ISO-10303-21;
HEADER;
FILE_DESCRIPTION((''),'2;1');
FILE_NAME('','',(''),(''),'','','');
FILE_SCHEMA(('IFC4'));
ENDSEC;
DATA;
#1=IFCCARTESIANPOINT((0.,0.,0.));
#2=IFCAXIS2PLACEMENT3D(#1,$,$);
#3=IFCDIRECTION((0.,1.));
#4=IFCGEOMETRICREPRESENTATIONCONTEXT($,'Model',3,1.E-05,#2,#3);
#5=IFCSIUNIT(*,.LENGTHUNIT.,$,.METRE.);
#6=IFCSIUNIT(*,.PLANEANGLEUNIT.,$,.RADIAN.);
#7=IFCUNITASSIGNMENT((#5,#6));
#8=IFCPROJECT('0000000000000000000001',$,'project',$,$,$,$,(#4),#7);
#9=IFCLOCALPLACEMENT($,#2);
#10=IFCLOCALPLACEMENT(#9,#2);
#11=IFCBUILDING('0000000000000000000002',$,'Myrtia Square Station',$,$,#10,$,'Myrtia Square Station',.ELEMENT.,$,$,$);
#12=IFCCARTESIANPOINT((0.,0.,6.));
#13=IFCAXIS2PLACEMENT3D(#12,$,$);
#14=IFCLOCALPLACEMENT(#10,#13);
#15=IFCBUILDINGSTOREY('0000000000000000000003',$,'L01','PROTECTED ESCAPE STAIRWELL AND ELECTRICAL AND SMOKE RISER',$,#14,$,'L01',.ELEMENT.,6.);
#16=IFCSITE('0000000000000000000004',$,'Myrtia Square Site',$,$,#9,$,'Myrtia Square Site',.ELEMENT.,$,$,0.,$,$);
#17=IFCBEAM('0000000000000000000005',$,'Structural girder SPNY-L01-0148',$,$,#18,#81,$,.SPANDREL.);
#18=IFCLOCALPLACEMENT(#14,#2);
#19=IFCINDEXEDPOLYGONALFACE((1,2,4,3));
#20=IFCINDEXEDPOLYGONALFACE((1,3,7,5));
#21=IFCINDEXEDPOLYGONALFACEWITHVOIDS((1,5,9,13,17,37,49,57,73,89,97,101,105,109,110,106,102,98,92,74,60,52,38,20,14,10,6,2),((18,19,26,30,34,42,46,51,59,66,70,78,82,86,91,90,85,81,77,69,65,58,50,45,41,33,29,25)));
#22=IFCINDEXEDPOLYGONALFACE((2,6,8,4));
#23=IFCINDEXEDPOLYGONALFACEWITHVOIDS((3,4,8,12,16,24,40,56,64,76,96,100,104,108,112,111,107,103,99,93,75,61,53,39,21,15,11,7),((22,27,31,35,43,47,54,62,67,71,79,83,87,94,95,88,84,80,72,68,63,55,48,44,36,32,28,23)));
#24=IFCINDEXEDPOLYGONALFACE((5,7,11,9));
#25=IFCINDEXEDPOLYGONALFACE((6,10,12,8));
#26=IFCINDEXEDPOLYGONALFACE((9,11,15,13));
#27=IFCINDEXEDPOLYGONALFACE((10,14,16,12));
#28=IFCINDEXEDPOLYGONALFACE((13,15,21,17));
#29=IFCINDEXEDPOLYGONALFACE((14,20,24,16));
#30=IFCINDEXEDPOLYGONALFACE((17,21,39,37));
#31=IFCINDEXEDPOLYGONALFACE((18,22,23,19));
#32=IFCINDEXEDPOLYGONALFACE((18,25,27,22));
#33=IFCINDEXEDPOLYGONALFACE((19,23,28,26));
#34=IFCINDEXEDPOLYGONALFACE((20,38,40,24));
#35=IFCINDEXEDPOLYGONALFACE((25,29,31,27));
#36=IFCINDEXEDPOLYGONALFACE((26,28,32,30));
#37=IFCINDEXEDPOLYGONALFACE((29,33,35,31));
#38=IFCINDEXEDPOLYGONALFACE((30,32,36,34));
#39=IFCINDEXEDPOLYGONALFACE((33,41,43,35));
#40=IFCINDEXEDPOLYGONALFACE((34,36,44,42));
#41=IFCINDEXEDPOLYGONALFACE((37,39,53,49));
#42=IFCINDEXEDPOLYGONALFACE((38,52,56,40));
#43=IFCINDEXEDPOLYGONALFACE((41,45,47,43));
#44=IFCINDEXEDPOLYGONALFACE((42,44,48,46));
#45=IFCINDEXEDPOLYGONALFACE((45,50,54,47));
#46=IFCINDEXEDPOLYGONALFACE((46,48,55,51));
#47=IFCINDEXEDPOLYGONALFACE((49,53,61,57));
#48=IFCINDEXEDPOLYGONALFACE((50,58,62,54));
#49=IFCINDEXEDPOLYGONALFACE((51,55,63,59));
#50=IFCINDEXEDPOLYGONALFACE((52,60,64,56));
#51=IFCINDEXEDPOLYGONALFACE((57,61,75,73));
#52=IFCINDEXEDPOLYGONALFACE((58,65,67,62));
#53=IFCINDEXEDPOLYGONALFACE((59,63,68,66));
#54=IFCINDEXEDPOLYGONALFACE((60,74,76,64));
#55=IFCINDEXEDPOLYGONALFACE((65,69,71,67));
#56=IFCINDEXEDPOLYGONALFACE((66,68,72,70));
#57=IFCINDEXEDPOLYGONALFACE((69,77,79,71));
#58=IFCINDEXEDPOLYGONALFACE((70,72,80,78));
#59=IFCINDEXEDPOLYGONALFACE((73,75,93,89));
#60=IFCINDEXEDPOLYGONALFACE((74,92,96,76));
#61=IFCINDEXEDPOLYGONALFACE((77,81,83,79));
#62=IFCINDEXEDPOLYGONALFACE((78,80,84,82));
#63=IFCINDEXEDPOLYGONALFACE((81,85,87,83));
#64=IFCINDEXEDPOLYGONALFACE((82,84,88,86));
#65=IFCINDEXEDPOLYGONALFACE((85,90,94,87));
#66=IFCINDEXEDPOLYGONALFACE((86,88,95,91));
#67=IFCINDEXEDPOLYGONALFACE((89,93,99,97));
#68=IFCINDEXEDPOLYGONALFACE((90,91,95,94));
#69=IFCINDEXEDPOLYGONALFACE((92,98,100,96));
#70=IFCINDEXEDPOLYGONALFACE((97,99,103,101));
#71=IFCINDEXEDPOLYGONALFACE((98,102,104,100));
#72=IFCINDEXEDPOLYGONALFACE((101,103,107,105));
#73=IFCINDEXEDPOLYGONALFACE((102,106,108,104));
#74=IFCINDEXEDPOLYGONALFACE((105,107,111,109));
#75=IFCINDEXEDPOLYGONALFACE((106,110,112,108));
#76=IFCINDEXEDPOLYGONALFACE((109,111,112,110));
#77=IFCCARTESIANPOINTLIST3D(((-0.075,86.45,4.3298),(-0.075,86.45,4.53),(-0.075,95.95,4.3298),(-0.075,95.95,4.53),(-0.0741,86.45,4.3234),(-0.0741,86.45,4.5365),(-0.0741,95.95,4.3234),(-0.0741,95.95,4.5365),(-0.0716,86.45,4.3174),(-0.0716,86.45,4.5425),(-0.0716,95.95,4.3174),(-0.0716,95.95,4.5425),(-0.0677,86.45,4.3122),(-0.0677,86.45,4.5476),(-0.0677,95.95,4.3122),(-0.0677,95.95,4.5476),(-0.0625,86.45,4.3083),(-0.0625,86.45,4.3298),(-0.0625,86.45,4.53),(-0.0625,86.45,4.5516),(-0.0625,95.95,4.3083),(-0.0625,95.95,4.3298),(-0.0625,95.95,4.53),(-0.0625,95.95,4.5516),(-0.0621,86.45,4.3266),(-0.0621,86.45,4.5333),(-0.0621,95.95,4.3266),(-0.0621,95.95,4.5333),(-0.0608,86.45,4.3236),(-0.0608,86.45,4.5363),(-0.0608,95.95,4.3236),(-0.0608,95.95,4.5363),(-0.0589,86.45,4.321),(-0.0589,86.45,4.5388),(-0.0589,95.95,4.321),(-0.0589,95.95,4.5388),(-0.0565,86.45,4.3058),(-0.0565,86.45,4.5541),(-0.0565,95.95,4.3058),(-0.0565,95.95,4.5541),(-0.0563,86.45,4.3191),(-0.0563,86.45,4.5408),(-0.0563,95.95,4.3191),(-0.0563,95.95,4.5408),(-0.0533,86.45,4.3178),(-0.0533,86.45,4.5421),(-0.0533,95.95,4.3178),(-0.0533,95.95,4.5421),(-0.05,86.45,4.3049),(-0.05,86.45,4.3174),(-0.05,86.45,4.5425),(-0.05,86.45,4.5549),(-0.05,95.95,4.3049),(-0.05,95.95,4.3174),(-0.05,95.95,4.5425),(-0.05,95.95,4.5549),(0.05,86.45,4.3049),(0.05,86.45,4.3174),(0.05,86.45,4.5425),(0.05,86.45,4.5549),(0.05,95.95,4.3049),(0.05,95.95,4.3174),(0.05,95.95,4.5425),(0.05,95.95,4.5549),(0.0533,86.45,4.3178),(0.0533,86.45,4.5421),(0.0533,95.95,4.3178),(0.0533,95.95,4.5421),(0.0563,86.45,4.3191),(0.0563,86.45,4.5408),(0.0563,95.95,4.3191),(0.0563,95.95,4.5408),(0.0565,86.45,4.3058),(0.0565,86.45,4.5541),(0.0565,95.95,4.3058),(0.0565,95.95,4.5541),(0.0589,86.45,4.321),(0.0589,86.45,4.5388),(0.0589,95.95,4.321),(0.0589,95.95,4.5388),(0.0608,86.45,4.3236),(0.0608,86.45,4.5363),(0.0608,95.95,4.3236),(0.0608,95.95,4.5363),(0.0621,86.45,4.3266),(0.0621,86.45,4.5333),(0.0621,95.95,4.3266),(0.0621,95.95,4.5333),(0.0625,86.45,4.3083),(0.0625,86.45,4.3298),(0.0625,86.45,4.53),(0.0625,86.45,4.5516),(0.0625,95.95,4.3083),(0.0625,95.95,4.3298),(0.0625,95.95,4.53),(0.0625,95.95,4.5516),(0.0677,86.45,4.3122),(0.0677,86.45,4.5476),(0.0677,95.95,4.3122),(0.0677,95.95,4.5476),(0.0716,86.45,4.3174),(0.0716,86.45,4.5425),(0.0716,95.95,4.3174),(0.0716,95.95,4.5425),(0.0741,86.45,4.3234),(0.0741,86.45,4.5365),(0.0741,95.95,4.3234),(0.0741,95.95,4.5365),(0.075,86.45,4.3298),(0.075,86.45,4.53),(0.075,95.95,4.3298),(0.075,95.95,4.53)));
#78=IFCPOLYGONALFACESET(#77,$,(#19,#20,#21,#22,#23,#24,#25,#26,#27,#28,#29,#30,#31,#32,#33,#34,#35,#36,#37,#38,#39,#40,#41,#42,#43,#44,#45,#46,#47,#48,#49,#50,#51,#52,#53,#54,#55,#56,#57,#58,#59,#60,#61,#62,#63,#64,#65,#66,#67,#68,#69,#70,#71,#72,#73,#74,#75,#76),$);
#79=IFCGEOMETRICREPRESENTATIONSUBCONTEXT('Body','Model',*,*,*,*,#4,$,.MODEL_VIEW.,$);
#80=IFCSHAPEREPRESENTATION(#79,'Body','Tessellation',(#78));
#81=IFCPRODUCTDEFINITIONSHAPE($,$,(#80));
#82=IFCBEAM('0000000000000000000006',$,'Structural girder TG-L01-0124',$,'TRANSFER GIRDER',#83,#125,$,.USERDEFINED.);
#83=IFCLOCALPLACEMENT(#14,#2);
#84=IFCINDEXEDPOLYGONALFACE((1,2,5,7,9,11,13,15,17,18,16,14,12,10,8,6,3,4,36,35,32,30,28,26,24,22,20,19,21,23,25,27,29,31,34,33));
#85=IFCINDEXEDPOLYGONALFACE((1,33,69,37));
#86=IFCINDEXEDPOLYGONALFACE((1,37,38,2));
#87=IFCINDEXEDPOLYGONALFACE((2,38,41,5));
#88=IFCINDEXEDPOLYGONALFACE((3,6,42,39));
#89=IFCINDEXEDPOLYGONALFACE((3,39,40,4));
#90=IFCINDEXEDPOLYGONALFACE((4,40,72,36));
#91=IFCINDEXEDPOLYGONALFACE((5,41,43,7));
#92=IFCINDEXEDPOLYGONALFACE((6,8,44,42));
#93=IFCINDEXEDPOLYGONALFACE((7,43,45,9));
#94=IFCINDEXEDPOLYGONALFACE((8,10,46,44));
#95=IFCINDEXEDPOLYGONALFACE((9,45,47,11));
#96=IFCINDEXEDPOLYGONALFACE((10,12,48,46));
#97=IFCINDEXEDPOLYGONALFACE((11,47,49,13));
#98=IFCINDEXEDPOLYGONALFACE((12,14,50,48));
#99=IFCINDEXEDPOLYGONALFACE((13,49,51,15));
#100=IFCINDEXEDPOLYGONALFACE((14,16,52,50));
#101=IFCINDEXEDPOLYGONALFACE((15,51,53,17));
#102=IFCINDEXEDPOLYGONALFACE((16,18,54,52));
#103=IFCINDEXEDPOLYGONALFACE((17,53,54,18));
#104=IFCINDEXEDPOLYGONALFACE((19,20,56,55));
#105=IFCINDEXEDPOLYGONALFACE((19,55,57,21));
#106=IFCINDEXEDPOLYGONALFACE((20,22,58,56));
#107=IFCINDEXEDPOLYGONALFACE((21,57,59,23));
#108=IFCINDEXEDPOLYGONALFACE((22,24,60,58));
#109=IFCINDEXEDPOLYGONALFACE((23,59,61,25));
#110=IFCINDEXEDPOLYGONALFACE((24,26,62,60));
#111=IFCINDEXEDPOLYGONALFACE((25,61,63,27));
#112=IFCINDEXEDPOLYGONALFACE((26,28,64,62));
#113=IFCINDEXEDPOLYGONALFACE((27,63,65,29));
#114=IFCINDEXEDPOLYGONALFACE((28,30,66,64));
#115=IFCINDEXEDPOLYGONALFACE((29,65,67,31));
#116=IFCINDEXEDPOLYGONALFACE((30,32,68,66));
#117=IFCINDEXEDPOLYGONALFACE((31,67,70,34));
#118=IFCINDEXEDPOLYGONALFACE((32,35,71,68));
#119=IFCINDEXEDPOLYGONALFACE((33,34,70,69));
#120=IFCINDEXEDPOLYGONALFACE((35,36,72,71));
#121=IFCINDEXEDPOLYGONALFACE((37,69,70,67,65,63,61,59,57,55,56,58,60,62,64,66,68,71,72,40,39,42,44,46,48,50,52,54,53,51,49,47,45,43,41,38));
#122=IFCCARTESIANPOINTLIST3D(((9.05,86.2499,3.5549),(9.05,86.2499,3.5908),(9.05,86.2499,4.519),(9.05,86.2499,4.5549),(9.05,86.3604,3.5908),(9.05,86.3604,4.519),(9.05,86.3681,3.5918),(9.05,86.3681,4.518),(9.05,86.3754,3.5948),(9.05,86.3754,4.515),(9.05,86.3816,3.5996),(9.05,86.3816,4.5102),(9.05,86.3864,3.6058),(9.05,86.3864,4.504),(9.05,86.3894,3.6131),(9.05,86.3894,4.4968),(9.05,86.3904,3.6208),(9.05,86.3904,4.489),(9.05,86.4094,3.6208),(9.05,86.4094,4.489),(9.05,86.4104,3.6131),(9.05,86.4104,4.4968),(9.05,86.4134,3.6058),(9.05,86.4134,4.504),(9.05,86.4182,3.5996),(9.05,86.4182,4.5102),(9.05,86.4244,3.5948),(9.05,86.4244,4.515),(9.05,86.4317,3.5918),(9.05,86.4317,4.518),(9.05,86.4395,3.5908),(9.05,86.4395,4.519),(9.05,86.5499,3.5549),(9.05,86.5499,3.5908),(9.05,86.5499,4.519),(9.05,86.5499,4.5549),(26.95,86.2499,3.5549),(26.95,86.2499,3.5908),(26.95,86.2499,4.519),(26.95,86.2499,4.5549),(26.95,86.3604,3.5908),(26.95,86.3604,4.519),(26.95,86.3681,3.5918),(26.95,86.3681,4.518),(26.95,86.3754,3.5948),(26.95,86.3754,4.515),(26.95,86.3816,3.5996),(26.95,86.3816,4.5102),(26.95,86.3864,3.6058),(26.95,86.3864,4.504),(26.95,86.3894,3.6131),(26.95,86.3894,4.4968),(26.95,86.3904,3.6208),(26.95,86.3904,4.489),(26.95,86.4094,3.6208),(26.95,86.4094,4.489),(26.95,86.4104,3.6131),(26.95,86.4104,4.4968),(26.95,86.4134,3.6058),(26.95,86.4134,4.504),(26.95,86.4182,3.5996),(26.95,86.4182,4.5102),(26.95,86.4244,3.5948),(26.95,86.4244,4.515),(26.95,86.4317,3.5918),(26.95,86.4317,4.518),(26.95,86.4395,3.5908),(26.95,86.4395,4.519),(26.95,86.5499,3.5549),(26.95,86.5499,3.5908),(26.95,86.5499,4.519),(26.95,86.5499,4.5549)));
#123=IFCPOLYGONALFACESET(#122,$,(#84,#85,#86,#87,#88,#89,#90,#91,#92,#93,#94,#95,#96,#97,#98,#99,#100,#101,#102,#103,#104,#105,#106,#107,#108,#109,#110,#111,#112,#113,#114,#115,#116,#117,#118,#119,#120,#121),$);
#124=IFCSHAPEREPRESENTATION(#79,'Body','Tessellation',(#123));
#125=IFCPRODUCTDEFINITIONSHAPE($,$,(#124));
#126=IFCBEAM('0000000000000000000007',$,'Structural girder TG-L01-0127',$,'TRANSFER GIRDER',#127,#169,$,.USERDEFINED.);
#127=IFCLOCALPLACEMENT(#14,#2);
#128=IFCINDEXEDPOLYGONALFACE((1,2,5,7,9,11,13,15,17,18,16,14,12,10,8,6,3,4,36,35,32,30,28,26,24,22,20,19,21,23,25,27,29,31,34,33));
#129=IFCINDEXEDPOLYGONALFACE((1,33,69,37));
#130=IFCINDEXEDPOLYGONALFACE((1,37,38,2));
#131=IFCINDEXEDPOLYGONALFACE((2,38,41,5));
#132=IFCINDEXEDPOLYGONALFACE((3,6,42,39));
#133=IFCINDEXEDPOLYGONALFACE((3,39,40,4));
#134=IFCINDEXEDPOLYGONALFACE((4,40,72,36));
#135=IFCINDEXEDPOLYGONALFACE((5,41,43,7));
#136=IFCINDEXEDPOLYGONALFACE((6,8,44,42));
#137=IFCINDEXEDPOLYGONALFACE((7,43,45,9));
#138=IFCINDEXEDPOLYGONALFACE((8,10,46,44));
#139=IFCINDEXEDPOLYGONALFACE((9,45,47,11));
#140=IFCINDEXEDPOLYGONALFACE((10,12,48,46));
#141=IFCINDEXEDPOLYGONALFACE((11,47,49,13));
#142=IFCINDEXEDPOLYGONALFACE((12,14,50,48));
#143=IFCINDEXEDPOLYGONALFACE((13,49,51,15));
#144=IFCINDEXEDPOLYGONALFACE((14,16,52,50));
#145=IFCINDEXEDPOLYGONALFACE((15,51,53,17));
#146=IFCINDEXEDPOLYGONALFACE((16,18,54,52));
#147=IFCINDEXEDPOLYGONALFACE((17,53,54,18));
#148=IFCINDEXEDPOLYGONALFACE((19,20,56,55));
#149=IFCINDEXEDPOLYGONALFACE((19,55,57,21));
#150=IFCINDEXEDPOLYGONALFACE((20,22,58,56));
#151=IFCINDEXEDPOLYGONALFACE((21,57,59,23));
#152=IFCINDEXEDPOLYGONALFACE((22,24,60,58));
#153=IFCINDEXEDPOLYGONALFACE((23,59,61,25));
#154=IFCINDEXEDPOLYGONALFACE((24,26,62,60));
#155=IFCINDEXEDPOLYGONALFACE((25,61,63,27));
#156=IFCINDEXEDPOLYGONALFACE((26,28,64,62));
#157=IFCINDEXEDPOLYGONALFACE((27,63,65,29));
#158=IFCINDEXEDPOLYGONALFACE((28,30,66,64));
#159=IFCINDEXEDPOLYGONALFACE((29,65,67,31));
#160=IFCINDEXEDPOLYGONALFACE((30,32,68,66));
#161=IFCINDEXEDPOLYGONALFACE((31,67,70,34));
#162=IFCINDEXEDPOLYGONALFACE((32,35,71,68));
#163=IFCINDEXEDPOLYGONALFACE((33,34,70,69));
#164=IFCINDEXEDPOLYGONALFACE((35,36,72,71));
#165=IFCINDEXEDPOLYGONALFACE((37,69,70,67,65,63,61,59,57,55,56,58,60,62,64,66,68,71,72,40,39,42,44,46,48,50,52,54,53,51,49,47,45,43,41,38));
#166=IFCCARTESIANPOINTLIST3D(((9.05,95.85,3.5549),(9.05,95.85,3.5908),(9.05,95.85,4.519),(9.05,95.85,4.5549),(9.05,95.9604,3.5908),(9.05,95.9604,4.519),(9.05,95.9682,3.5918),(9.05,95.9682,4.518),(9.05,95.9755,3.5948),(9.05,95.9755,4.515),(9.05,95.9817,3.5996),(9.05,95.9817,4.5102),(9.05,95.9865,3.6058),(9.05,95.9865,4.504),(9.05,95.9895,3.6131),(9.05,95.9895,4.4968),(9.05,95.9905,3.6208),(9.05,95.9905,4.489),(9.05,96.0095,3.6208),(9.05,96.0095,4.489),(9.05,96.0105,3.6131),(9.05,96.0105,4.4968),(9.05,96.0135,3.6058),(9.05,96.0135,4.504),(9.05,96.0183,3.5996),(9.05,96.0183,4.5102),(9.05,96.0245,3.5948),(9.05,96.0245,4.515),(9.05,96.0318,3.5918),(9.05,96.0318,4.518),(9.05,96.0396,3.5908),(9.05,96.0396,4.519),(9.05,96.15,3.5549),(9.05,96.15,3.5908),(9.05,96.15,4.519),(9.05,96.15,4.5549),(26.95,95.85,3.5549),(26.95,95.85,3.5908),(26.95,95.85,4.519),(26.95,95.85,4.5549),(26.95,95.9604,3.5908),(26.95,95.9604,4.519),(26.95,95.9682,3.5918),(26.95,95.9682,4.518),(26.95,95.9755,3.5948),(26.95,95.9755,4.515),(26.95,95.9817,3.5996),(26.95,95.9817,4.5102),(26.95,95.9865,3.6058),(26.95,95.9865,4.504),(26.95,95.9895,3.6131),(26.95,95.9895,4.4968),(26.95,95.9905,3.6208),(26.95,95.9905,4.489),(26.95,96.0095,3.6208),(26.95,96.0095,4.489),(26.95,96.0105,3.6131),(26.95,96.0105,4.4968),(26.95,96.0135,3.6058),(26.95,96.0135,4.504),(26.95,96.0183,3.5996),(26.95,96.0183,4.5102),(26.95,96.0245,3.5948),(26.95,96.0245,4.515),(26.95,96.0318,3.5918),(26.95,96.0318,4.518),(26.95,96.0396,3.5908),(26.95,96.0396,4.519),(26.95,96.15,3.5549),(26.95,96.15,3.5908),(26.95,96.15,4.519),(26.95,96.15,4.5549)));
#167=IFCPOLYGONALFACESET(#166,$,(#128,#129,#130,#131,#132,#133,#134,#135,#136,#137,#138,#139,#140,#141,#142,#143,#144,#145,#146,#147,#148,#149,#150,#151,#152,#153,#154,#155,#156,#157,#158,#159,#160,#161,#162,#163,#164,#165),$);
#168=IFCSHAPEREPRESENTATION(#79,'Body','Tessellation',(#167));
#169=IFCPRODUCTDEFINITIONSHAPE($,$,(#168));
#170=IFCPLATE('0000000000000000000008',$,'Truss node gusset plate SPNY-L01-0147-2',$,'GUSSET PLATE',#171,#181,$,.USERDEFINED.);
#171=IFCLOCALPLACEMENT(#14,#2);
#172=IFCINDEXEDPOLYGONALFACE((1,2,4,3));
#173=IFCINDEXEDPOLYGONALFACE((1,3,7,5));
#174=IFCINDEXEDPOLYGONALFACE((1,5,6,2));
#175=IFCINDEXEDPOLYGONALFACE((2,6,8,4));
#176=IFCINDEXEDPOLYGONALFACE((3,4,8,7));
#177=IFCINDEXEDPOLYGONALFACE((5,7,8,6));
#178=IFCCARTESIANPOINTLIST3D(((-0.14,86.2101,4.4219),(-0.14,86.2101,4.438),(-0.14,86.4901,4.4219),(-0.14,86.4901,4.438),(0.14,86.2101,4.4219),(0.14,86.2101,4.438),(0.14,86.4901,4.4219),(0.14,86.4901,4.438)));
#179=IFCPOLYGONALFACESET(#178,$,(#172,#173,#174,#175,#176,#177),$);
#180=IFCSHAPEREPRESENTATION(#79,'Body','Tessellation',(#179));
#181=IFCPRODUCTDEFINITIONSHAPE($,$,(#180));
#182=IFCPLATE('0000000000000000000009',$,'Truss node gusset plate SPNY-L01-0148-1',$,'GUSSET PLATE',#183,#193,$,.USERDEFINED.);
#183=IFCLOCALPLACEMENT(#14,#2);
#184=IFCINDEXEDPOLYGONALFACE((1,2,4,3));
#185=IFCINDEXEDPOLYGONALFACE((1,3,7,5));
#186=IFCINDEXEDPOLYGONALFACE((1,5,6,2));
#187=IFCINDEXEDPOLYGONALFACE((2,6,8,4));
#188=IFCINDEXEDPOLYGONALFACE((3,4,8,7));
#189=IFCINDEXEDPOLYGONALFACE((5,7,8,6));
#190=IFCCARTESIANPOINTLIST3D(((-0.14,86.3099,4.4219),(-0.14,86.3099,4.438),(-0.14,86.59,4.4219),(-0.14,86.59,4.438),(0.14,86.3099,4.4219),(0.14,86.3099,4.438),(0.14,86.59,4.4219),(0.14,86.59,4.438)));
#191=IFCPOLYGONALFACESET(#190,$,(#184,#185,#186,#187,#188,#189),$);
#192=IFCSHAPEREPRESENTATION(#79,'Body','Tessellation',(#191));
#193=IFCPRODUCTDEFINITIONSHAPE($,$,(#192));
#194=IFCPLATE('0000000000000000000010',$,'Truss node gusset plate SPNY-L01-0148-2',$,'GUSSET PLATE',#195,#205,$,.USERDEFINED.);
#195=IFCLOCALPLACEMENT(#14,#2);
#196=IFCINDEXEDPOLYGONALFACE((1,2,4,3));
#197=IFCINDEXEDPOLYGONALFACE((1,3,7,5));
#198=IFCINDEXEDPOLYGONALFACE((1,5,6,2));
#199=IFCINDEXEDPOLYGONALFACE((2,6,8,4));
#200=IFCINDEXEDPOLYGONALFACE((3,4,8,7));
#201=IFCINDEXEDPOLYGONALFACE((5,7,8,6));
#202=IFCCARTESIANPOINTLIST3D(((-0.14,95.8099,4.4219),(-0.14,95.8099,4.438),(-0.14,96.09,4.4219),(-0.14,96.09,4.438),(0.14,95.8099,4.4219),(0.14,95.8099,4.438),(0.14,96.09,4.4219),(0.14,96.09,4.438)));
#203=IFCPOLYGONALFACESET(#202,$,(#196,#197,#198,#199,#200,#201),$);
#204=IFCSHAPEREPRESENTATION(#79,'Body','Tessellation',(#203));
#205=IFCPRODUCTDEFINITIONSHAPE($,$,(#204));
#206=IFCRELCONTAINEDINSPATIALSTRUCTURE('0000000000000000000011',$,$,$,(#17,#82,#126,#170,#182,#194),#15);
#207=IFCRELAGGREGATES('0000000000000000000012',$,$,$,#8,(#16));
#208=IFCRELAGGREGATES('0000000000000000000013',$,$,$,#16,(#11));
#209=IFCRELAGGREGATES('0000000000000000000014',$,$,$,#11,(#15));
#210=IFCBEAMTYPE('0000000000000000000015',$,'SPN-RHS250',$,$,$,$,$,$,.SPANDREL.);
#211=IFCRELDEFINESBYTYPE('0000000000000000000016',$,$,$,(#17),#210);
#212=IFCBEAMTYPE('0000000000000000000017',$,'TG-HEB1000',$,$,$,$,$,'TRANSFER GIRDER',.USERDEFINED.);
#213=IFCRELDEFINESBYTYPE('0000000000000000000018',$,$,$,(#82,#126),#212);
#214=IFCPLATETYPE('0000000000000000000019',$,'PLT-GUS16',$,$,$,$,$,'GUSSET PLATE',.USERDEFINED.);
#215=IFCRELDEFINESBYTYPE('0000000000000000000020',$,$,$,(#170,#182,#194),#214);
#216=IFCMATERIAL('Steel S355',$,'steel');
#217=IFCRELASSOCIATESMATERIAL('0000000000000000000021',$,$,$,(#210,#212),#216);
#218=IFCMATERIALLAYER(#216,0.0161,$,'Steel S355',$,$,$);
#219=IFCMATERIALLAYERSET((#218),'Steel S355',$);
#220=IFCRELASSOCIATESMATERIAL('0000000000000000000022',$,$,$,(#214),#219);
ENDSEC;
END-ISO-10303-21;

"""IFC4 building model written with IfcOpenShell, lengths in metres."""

from ifc_helpers import new_model, si_unit, direction, frame, origin, origin_2d, place, context, subcontext, project, spatial, rectangle, hollow_rectangle, i_section, extrude, material, layer, layer_set, material_profile, profile_set, type_object, element, save


model = new_model("IFC4")

# Units and contexts
model_context = context("Model", 3, precision=1e-05, world=origin(), true_north=direction((0.0, 1.0)))
body_context = subcontext(model_context, "Body", "Model", "MODEL_VIEW")
ifc_project = project(units=[si_unit("LENGTHUNIT", "METRE"), si_unit("PLANEANGLEUNIT", "RADIAN")], contexts=[model_context])

# Site, building, storey
site_placement = place(None, origin())
site = spatial("IfcSite", under=ifc_project, at=site_placement, Name="Myrtia Square Site", LongName="Myrtia Square Site", CompositionType="ELEMENT", RefElevation=0.0)
building_placement = place(site_placement, origin())
building = spatial("IfcBuilding", under=site, at=building_placement, Name="Myrtia Square Station", LongName="Myrtia Square Station", CompositionType="ELEMENT")
storey_placement = place(building_placement, frame((0.0, 0.0, 6.0)))
storey = spatial("IfcBuildingStorey", under=building, at=storey_placement, Name="L01", Description="PROTECTED ESCAPE STAIRWELL AND ELECTRICAL AND SMOKE RISER", LongName="L01", CompositionType="ELEMENT", Elevation=6.0)

# Shared definitions
ifc_material_1 = material(Name="Steel S355", Category="steel")

# Beams
ifc_material_profile_1 = material_profile(ifc_material_1, hollow_rectangle(XDim=0.1499, YDim=0.25, WallThickness=0.0125, InnerFilletRadius=0.0125, OuterFilletRadius=0.0249, at=origin_2d()), Name="RHS 250x150x12.5")
ifc_profile_set_1 = profile_set([ifc_material_profile_1], Name="Steel S355")
beam_type_1 = type_object("IfcBeamType", Name="SPN-RHS250", PredefinedType="SPANDREL", material=ifc_profile_set_1)
beam_1_placement = place(storey_placement, frame((0.0, 86.45, 4.4299), z_axis=(0.0, 1.0, 0.0), x_axis=(-1.0, 0.0, 0.0)))
element("IfcBeam", 1, at=beam_1_placement, inside=storey, type_object=beam_type_1, Name="Structural girder SPNY-L01-0148", PredefinedType="SPANDREL", context=body_context, shape_type="SweptSolid", body=[
    extrude(hollow_rectangle(XDim=0.1499, YDim=0.25, WallThickness=0.0125, InnerFilletRadius=0.0125, OuterFilletRadius=0.0249, at=origin_2d()), origin(), (0.0, 0.0, 1.0), 9.5),
])
ifc_material_profile_2 = material_profile(ifc_material_1, i_section(OverallWidth=0.3, OverallDepth=1.0, WebThickness=0.019, FlangeThickness=0.0359, FilletRadius=0.03, at=origin_2d()), Name="HEB 1000")
ifc_profile_set_2 = profile_set([ifc_material_profile_2], Name="Steel S355")
beam_type_2 = type_object("IfcBeamType", Name="TG-HEB1000", ElementType="TRANSFER GIRDER", PredefinedType="USERDEFINED", material=ifc_profile_set_2)
for number, where, z_axis, x_axis, name in (
    (2, (9.05, 86.3999, 4.0549), (1.0, 0.0, 0.0), (0.0, 1.0, 0.0), "Structural girder TG-L01-0124"),
    (3, (9.05, 96.0, 4.0549), (1.0, 0.0, 0.0), (0.0, 1.0, 0.0), "Structural girder TG-L01-0127"),
):
    element("IfcBeam", number, at=place(storey_placement, frame(where, z_axis=z_axis, x_axis=x_axis)), inside=storey, type_object=beam_type_2, Name=name, ObjectType="TRANSFER GIRDER", PredefinedType="USERDEFINED", context=body_context, shape_type="SweptSolid", body=[
        extrude(i_section(OverallWidth=0.3, OverallDepth=1.0, WebThickness=0.019, FlangeThickness=0.0359, FilletRadius=0.03, at=origin_2d()), origin(), (0.0, 0.0, 1.0), 17.8999),
    ])

# Plates
ifc_layer_1 = layer(ifc_material_1, 0.0161, Name="Steel S355")
ifc_layer_set_1 = layer_set([ifc_layer_1], Name="Steel S355")
plate_type_1 = type_object("IfcPlateType", Name="PLT-GUS16", ElementType="GUSSET PLATE", PredefinedType="USERDEFINED", material=ifc_layer_set_1)
for number, where, z_axis, x_axis, name in (
    (4, (0.0, 86.3501, 4.4219), (0.0, 0.0, 1.0), (0.0, 1.0, 0.0), "Truss node gusset plate SPNY-L01-0147-2"),
    (5, (0.0, 86.45, 4.4219), (0.0, 0.0, 1.0), (0.0, 1.0, 0.0), "Truss node gusset plate SPNY-L01-0148-1"),
    (6, (0.0, 95.95, 4.4219), (0.0, 0.0, 1.0), (0.0, 1.0, 0.0), "Truss node gusset plate SPNY-L01-0148-2"),
):
    element("IfcPlate", number, at=place(storey_placement, frame(where, z_axis=z_axis, x_axis=x_axis)), inside=storey, type_object=plate_type_1, Name=name, ObjectType="GUSSET PLATE", PredefinedType="USERDEFINED", context=body_context, shape_type="SweptSolid", body=[
        extrude(rectangle(XDim=0.28, YDim=0.28, at=origin_2d()), origin(), (0.0, 0.0, 1.0), 0.0161),
    ])

save(model, "model.ifc")
